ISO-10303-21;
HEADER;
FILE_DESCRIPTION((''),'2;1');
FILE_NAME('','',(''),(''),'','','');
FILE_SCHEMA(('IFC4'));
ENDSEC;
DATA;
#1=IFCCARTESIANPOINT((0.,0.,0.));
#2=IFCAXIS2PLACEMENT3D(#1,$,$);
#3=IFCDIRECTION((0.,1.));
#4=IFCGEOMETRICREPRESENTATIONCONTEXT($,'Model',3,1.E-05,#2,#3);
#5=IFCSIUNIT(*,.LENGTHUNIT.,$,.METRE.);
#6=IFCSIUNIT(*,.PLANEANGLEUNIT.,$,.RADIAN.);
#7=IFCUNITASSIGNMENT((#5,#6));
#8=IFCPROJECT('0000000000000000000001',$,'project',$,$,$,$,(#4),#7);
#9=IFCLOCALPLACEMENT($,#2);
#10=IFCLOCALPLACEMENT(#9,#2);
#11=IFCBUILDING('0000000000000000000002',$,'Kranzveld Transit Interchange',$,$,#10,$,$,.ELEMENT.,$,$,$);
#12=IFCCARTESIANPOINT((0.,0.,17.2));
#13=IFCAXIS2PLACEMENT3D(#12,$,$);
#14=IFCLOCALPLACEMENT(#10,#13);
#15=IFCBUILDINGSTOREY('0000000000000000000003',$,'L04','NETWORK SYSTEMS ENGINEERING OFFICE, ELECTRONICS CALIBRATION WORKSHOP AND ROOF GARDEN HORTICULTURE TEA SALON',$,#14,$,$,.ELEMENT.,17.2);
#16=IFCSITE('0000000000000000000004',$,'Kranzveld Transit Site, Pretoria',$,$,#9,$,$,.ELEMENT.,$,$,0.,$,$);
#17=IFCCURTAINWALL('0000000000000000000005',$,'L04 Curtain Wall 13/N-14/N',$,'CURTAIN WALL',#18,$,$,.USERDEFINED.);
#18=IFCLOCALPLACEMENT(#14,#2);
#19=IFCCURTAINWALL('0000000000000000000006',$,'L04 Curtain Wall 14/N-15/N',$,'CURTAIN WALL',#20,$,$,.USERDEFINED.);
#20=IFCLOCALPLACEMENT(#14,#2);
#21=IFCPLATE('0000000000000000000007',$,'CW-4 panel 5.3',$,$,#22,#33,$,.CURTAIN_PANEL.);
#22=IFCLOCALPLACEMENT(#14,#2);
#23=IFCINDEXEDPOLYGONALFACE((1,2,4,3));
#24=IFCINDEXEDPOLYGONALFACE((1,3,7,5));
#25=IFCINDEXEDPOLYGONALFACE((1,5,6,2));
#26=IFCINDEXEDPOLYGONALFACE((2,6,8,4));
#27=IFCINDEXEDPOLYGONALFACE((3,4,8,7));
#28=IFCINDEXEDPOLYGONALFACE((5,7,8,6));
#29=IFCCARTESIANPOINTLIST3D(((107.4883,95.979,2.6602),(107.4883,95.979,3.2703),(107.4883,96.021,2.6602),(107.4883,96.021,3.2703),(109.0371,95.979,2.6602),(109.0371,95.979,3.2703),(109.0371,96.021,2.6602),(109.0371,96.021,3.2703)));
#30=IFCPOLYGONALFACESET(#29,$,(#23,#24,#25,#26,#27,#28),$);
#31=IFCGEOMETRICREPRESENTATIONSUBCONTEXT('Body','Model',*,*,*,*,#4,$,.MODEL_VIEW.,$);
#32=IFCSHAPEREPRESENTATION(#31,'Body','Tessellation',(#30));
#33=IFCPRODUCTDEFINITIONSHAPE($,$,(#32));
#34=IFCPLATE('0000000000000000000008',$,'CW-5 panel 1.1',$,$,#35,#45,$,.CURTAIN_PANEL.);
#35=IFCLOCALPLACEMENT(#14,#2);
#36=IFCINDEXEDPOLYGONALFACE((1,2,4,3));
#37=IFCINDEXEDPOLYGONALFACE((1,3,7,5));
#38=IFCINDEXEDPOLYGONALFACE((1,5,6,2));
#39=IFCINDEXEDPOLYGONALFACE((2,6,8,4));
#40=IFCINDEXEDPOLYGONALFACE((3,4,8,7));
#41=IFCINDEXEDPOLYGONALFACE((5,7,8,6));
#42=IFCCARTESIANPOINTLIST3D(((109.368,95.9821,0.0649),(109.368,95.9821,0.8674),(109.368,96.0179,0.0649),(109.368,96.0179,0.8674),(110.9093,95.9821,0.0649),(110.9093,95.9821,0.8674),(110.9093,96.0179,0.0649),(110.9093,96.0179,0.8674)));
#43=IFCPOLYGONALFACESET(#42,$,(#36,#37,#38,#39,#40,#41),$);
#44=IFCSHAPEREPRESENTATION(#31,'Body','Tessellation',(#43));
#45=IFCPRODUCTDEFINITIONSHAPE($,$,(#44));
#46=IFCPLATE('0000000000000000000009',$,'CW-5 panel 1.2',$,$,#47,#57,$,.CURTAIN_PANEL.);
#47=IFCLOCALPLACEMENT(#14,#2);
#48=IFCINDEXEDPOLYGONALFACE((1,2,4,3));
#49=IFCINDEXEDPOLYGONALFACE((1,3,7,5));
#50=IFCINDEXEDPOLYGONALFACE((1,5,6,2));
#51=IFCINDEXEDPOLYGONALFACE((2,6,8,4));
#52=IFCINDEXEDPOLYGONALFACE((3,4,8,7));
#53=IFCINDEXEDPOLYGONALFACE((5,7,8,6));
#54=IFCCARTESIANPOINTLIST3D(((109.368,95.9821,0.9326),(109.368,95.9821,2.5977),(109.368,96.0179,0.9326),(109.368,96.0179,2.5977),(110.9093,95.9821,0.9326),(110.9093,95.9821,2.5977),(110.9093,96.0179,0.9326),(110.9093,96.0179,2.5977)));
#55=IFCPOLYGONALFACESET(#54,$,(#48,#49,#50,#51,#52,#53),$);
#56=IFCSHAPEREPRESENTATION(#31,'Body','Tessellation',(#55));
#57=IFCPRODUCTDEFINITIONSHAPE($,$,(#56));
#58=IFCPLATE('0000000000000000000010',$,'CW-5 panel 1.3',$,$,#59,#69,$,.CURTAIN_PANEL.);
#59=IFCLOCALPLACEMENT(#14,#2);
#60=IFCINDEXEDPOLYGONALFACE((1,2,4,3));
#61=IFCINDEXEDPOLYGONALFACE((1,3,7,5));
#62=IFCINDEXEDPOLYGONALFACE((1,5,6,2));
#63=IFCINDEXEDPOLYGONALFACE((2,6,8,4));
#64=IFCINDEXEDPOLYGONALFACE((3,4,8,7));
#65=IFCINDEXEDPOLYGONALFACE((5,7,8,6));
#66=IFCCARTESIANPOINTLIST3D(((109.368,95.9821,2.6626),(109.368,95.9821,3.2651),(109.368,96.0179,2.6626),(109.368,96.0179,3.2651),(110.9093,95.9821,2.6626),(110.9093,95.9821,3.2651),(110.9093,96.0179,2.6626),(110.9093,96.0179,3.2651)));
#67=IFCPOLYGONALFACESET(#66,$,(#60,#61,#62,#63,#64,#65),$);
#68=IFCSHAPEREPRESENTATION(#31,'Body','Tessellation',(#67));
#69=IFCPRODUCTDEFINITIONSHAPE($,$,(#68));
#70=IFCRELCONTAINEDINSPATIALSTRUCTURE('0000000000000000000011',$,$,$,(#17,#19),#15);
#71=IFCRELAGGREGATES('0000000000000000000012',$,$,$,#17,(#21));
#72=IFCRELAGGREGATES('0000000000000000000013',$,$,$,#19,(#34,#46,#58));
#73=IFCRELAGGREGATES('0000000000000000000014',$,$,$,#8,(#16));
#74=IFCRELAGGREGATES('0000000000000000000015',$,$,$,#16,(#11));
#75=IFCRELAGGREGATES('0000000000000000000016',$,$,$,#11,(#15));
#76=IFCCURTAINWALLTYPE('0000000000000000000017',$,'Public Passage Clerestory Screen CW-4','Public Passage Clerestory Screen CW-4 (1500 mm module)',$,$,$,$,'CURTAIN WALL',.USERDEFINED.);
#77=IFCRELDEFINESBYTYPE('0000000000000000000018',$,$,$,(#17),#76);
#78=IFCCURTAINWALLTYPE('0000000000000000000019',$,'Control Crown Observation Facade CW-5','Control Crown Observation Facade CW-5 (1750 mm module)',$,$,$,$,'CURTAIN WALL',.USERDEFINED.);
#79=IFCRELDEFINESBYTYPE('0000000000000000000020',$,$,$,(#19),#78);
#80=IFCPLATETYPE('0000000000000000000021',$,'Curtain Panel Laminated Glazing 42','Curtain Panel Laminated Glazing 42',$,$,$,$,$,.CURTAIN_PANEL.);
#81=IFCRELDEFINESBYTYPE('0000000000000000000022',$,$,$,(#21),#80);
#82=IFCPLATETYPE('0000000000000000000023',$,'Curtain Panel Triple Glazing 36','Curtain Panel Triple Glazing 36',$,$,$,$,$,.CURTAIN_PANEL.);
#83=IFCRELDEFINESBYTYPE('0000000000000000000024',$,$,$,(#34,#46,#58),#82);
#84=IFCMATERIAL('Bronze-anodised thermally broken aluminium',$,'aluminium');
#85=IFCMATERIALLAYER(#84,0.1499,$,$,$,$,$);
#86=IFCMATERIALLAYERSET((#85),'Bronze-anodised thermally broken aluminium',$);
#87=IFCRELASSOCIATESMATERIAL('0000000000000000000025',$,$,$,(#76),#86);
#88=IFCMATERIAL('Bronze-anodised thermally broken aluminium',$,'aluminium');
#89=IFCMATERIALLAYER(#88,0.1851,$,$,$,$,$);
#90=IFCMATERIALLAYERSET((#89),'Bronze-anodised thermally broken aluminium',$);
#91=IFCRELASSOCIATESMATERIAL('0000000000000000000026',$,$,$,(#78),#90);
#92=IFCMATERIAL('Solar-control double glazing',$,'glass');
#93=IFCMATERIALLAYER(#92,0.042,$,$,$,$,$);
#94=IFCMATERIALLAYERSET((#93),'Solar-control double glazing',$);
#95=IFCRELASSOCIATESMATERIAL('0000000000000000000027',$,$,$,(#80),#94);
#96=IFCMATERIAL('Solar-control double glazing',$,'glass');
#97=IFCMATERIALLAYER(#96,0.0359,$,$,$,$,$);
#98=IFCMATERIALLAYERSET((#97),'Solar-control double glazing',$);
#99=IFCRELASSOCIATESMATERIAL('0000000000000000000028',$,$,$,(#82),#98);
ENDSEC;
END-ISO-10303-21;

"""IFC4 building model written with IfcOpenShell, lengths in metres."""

from ifc_helpers import new_model, si_unit, direction, frame, origin, origin_2d, place, context, subcontext, project, spatial, rectangle, extrude, material, layer, layer_set, type_object, element, aggregate, save


model = new_model("IFC4")

# Units and contexts
model_context = context("Model", 3, precision=1e-05, world=origin(), true_north=direction((0.0, 1.0)))
body_context = subcontext(model_context, "Body", "Model", "MODEL_VIEW")
ifc_project = project(units=[si_unit("LENGTHUNIT", "METRE"), si_unit("PLANEANGLEUNIT", "RADIAN")], contexts=[model_context])

# Site, building, storey
site_placement = place(None, origin())
site = spatial("IfcSite", under=ifc_project, at=site_placement, Name="Kranzveld Transit Site, Pretoria", CompositionType="ELEMENT", RefElevation=0.0)
building_placement = place(site_placement, origin())
building = spatial("IfcBuilding", under=site, at=building_placement, Name="Kranzveld Transit Interchange", CompositionType="ELEMENT")
storey_placement = place(building_placement, frame((0.0, 0.0, 17.2)))
storey = spatial("IfcBuildingStorey", under=building, at=storey_placement, Name="L04", Description="NETWORK SYSTEMS ENGINEERING OFFICE, ELECTRONICS CALIBRATION WORKSHOP AND ROOF GARDEN HORTICULTURE TEA SALON", CompositionType="ELEMENT", Elevation=17.2)

# Curtain walls
ifc_material_1 = material(Name="Bronze-anodised thermally broken aluminium", Category="aluminium")
ifc_layer_1 = layer(ifc_material_1, 0.1499)
ifc_layer_set_1 = layer_set([ifc_layer_1], Name="Bronze-anodised thermally broken aluminium")
curtain_wall_type_1 = type_object("IfcCurtainWallType", Name="Public Passage Clerestory Screen CW-4", Description="Public Passage Clerestory Screen CW-4 (1500 mm module)", ElementType="CURTAIN WALL", PredefinedType="USERDEFINED", material=ifc_layer_set_1)
curtain_wall_1_placement = place(storey_placement, origin())
curtain_wall_1 = element("IfcCurtainWall", 1, at=curtain_wall_1_placement, inside=storey, type_object=curtain_wall_type_1, Name="L04 Curtain Wall 13/N-14/N", ObjectType="CURTAIN WALL", PredefinedType="USERDEFINED")
ifc_material_2 = material(Name="Bronze-anodised thermally broken aluminium", Category="aluminium")
ifc_layer_2 = layer(ifc_material_2, 0.1851)
ifc_layer_set_2 = layer_set([ifc_layer_2], Name="Bronze-anodised thermally broken aluminium")
curtain_wall_type_2 = type_object("IfcCurtainWallType", Name="Control Crown Observation Facade CW-5", Description="Control Crown Observation Facade CW-5 (1750 mm module)", ElementType="CURTAIN WALL", PredefinedType="USERDEFINED", material=ifc_layer_set_2)
curtain_wall_2_placement = place(storey_placement, origin())
curtain_wall_2 = element("IfcCurtainWall", 2, at=curtain_wall_2_placement, inside=storey, type_object=curtain_wall_type_2, Name="L04 Curtain Wall 14/N-15/N", ObjectType="CURTAIN WALL", PredefinedType="USERDEFINED")

# Plates
ifc_material_3 = material(Name="Solar-control double glazing", Category="glass")
ifc_layer_3 = layer(ifc_material_3, 0.042)
ifc_layer_set_3 = layer_set([ifc_layer_3], Name="Solar-control double glazing")
plate_type_1 = type_object("IfcPlateType", Name="Curtain Panel Laminated Glazing 42", Description="Curtain Panel Laminated Glazing 42", PredefinedType="CURTAIN_PANEL", material=ifc_layer_set_3)
plate_1_placement = place(storey_placement, frame((108.2627, 96.0, 2.6602), z_axis=(0.0, 0.0, 1.0), x_axis=(1.0, 0.0, 0.0)))
plate_1 = element("IfcPlate", 3, at=plate_1_placement, type_object=plate_type_1, Name="CW-4 panel 5.3", PredefinedType="CURTAIN_PANEL", context=body_context, shape_type="SweptSolid", body=[
    extrude(rectangle(XDim=1.5488, YDim=0.042, at=origin_2d()), origin(), (0.0, 0.0, 1.0), 0.6101),
])
aggregate(curtain_wall_1, [plate_1])
ifc_material_4 = material(Name="Solar-control double glazing", Category="glass")
ifc_layer_4 = layer(ifc_material_4, 0.0359)
ifc_layer_set_4 = layer_set([ifc_layer_4], Name="Solar-control double glazing")
plate_type_2 = type_object("IfcPlateType", Name="Curtain Panel Triple Glazing 36", Description="Curtain Panel Triple Glazing 36", PredefinedType="CURTAIN_PANEL", material=ifc_layer_set_4)
plate_2_placement = place(storey_placement, frame((110.1387, 96.0, 0.0649), z_axis=(0.0, 0.0, 1.0), x_axis=(1.0, 0.0, 0.0)))
plate_2 = element("IfcPlate", 4, at=plate_2_placement, type_object=plate_type_2, Name="CW-5 panel 1.1", PredefinedType="CURTAIN_PANEL", context=body_context, shape_type="SweptSolid", body=[
    extrude(rectangle(XDim=1.5413, YDim=0.0359, at=origin_2d()), origin(), (0.0, 0.0, 1.0), 0.8025),
])
plate_3_placement = place(storey_placement, frame((110.1387, 96.0, 0.9326), z_axis=(0.0, 0.0, 1.0), x_axis=(1.0, 0.0, 0.0)))
plate_3 = element("IfcPlate", 5, at=plate_3_placement, type_object=plate_type_2, Name="CW-5 panel 1.2", PredefinedType="CURTAIN_PANEL", context=body_context, shape_type="SweptSolid", body=[
    extrude(rectangle(XDim=1.5413, YDim=0.0359, at=origin_2d()), origin(), (0.0, 0.0, 1.0), 1.665),
])
plate_4_placement = place(storey_placement, frame((110.1387, 96.0, 2.6626), z_axis=(0.0, 0.0, 1.0), x_axis=(1.0, 0.0, 0.0)))
plate_4 = element("IfcPlate", 6, at=plate_4_placement, type_object=plate_type_2, Name="CW-5 panel 1.3", PredefinedType="CURTAIN_PANEL", context=body_context, shape_type="SweptSolid", body=[
    extrude(rectangle(XDim=1.5413, YDim=0.0359, at=origin_2d()), origin(), (0.0, 0.0, 1.0), 0.6025),
])
aggregate(curtain_wall_2, [plate_2, plate_3, plate_4])

save(model, "model.ifc")
